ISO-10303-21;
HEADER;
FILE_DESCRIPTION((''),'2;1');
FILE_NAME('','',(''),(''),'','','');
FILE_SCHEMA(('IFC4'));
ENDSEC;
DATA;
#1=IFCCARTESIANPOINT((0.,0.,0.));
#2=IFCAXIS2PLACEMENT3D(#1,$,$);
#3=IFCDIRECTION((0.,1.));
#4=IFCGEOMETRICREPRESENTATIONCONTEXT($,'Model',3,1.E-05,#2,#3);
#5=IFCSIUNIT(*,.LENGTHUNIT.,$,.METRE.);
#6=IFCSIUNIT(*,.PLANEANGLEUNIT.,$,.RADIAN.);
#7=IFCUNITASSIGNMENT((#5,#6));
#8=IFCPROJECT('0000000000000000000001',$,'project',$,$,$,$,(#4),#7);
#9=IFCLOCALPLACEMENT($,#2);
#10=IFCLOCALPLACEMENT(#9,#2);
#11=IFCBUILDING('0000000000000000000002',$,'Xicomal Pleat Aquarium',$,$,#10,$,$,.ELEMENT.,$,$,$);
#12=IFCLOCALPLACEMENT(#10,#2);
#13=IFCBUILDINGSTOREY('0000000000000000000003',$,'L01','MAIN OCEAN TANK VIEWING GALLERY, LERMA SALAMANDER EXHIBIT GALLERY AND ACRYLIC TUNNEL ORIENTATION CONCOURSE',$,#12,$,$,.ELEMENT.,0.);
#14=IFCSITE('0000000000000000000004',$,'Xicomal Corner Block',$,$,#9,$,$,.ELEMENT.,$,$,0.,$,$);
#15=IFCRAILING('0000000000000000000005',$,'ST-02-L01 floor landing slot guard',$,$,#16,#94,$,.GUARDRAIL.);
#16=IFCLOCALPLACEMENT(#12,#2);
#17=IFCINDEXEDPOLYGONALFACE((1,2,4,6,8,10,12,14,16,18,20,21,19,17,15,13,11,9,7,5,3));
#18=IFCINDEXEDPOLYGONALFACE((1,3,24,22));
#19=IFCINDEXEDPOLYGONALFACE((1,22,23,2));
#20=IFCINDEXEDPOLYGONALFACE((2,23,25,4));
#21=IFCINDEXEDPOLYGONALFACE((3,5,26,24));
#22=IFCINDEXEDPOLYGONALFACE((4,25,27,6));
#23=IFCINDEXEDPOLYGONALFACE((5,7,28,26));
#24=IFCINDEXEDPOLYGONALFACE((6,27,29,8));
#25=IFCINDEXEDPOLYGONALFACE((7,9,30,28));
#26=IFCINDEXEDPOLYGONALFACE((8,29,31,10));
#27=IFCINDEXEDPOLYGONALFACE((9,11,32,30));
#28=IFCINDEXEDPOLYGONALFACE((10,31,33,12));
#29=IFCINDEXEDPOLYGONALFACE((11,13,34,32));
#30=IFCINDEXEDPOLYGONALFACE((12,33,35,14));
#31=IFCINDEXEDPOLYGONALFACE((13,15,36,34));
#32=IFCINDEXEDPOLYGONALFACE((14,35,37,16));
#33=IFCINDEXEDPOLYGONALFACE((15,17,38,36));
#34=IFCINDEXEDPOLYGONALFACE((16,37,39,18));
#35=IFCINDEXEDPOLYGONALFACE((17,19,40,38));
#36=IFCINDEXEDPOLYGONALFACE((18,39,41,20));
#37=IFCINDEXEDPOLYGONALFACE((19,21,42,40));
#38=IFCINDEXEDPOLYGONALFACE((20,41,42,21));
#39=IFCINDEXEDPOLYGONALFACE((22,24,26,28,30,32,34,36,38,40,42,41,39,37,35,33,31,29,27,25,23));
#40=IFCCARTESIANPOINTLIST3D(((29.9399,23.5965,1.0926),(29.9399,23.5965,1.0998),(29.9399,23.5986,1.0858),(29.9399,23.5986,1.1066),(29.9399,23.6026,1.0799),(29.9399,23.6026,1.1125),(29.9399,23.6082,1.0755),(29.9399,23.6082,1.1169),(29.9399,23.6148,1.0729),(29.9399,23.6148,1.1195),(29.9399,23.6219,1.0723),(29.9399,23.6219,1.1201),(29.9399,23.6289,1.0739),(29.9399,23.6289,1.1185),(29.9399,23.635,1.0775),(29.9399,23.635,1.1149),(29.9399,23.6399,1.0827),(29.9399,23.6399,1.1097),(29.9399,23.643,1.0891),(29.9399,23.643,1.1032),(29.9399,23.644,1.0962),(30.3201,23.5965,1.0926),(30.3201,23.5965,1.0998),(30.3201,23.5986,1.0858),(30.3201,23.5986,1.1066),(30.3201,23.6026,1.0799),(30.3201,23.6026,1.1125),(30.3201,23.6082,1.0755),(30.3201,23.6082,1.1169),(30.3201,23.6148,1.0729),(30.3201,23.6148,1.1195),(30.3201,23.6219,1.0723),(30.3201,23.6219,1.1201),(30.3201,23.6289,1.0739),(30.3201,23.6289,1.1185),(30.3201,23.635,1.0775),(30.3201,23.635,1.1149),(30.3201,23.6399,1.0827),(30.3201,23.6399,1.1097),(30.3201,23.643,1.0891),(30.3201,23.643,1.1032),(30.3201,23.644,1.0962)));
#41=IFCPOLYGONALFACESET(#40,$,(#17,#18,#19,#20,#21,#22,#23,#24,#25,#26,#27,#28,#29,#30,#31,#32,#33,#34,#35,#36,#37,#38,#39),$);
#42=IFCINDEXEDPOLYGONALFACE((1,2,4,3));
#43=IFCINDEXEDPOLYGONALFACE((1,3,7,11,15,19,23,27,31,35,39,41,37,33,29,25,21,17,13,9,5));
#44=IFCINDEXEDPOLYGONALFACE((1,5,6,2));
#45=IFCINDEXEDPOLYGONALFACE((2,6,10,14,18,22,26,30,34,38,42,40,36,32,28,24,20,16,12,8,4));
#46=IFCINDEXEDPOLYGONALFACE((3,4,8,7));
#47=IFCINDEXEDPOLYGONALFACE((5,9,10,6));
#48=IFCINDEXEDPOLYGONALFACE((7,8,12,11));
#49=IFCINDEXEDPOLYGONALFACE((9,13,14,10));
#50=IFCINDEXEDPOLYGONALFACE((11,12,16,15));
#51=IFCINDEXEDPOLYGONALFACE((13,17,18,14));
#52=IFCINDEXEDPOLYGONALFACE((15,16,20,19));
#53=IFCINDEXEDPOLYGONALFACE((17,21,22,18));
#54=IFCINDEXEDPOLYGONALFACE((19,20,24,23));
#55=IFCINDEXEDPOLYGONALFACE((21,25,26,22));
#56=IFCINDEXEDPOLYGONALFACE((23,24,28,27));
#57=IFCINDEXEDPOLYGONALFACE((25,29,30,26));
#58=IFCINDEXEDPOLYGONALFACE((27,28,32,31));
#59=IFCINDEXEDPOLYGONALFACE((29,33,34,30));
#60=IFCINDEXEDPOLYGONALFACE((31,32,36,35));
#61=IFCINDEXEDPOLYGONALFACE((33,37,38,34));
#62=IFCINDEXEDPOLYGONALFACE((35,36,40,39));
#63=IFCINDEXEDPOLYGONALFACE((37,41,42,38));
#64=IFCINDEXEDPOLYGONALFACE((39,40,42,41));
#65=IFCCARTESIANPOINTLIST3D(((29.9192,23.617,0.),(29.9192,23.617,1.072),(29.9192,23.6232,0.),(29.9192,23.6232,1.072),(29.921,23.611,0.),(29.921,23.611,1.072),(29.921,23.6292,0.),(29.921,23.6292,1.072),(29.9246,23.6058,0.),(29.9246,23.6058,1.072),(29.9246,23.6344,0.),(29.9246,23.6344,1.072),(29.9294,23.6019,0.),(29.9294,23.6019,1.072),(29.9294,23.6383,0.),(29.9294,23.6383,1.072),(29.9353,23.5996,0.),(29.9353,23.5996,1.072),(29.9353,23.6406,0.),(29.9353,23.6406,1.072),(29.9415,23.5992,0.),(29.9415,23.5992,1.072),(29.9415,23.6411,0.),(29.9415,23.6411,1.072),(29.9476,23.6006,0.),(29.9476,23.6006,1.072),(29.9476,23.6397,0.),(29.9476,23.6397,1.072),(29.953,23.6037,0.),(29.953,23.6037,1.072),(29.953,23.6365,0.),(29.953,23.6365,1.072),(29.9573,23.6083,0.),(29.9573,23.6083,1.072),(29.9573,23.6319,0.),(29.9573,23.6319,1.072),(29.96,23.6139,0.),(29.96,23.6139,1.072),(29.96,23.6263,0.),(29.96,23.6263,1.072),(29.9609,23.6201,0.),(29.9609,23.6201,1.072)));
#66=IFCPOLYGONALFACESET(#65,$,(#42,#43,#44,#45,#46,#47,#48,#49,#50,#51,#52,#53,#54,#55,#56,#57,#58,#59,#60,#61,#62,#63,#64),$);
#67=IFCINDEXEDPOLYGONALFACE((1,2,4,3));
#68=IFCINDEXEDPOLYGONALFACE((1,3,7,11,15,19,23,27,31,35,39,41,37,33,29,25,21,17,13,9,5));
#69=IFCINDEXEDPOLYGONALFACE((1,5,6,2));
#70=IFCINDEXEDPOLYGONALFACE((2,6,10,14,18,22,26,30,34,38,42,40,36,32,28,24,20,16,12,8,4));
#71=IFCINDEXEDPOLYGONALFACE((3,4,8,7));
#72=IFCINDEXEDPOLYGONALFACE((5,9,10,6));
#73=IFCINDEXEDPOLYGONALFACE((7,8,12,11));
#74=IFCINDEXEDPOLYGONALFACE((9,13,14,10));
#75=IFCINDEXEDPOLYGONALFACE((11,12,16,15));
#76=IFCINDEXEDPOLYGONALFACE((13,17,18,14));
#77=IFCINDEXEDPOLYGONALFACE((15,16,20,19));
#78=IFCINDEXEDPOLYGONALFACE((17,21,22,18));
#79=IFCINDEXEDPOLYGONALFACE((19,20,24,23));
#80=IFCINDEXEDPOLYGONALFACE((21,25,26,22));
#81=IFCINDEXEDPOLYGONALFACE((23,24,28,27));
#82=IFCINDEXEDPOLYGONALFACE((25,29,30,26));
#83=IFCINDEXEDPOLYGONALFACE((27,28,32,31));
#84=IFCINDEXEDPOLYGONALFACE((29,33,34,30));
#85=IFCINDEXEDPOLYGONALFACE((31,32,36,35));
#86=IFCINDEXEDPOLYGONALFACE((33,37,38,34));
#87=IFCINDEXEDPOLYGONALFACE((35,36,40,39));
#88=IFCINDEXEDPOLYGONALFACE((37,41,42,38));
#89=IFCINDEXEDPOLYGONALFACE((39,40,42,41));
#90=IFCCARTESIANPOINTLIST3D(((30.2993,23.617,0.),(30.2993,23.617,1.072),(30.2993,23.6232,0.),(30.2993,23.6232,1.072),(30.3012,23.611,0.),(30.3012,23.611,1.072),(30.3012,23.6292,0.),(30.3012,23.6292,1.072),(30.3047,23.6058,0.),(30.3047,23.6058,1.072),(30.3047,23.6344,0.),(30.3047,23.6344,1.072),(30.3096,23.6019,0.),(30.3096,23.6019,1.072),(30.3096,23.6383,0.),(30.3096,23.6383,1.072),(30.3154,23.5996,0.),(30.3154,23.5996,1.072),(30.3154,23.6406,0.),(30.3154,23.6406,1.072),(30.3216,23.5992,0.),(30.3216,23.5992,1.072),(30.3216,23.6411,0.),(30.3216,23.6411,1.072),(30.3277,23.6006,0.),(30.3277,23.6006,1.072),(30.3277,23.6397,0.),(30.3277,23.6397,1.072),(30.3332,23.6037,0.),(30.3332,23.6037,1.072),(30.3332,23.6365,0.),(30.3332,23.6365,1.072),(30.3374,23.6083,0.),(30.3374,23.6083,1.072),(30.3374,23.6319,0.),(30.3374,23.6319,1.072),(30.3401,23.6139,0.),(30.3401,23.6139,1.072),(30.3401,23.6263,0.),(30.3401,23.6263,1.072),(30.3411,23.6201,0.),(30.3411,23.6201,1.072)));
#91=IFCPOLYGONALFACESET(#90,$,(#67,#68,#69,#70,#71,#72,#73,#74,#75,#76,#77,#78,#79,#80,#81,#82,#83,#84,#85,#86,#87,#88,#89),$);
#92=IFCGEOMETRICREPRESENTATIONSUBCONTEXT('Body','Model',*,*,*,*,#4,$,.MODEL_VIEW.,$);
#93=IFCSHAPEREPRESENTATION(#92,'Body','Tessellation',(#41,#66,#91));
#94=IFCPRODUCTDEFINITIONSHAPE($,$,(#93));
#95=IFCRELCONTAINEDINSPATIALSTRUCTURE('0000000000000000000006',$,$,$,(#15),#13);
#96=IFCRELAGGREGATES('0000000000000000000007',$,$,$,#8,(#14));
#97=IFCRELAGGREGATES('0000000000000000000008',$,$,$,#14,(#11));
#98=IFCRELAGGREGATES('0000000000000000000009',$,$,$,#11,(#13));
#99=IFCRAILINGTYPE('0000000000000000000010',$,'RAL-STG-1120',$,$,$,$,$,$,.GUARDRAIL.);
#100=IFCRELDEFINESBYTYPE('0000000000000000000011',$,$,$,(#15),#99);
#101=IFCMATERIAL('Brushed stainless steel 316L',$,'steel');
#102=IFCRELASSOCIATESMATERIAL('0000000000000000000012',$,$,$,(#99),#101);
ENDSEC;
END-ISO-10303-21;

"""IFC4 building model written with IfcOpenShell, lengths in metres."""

from ifc_helpers import new_model, si_unit, direction, frame, origin, origin_2d, place, context, subcontext, project, spatial, circle, extrude, material, type_object, element, save


model = new_model("IFC4")

# Units and contexts
model_context = context("Model", 3, precision=1e-05, world=origin(), true_north=direction((0.0, 1.0)))
body_context = subcontext(model_context, "Body", "Model", "MODEL_VIEW")
ifc_project = project(units=[si_unit("LENGTHUNIT", "METRE"), si_unit("PLANEANGLEUNIT", "RADIAN")], contexts=[model_context])

# Site, building, storey
site_placement = place(None, origin())
site = spatial("IfcSite", under=ifc_project, at=site_placement, Name="Xicomal Corner Block", CompositionType="ELEMENT", RefElevation=0.0)
building_placement = place(site_placement, origin())
building = spatial("IfcBuilding", under=site, at=building_placement, Name="Xicomal Pleat Aquarium", CompositionType="ELEMENT")
storey_placement = place(building_placement, origin())
storey = spatial("IfcBuildingStorey", under=building, at=storey_placement, Name="L01", Description="MAIN OCEAN TANK VIEWING GALLERY, LERMA SALAMANDER EXHIBIT GALLERY AND ACRYLIC TUNNEL ORIENTATION CONCOURSE", CompositionType="ELEMENT", Elevation=0.0)

# Railing
ifc_material_1 = material(Name="Brushed stainless steel 316L", Category="steel")
railing_type_1 = type_object("IfcRailingType", Name="RAL-STG-1120", PredefinedType="GUARDRAIL", material=ifc_material_1)
railing_1_placement = place(storey_placement, frame((29.9399, 23.6201, 0.0)))
element("IfcRailing", 1, at=railing_1_placement, inside=storey, type_object=railing_type_1, Name="ST-02-L01 floor landing slot guard", PredefinedType="GUARDRAIL", context=body_context, shape_type="SweptSolid", body=[
    extrude(circle(Radius=0.0239, at=origin_2d()), frame((0.0, 0.0, 1.0962), z_axis=(1.0, 0.0, 0.0), x_axis=(0.0, 1.0, 0.0)), (0.0, 0.0, 1.0), 0.3801),
    extrude(circle(Radius=0.021, at=origin_2d()), origin(), (0.0, 0.0, 1.0), 1.072),
    extrude(circle(Radius=0.021, at=origin_2d()), frame((0.3801, 0.0, 0.0)), (0.0, 0.0, 1.0), 1.072),
])

save(model, "model.ifc")
